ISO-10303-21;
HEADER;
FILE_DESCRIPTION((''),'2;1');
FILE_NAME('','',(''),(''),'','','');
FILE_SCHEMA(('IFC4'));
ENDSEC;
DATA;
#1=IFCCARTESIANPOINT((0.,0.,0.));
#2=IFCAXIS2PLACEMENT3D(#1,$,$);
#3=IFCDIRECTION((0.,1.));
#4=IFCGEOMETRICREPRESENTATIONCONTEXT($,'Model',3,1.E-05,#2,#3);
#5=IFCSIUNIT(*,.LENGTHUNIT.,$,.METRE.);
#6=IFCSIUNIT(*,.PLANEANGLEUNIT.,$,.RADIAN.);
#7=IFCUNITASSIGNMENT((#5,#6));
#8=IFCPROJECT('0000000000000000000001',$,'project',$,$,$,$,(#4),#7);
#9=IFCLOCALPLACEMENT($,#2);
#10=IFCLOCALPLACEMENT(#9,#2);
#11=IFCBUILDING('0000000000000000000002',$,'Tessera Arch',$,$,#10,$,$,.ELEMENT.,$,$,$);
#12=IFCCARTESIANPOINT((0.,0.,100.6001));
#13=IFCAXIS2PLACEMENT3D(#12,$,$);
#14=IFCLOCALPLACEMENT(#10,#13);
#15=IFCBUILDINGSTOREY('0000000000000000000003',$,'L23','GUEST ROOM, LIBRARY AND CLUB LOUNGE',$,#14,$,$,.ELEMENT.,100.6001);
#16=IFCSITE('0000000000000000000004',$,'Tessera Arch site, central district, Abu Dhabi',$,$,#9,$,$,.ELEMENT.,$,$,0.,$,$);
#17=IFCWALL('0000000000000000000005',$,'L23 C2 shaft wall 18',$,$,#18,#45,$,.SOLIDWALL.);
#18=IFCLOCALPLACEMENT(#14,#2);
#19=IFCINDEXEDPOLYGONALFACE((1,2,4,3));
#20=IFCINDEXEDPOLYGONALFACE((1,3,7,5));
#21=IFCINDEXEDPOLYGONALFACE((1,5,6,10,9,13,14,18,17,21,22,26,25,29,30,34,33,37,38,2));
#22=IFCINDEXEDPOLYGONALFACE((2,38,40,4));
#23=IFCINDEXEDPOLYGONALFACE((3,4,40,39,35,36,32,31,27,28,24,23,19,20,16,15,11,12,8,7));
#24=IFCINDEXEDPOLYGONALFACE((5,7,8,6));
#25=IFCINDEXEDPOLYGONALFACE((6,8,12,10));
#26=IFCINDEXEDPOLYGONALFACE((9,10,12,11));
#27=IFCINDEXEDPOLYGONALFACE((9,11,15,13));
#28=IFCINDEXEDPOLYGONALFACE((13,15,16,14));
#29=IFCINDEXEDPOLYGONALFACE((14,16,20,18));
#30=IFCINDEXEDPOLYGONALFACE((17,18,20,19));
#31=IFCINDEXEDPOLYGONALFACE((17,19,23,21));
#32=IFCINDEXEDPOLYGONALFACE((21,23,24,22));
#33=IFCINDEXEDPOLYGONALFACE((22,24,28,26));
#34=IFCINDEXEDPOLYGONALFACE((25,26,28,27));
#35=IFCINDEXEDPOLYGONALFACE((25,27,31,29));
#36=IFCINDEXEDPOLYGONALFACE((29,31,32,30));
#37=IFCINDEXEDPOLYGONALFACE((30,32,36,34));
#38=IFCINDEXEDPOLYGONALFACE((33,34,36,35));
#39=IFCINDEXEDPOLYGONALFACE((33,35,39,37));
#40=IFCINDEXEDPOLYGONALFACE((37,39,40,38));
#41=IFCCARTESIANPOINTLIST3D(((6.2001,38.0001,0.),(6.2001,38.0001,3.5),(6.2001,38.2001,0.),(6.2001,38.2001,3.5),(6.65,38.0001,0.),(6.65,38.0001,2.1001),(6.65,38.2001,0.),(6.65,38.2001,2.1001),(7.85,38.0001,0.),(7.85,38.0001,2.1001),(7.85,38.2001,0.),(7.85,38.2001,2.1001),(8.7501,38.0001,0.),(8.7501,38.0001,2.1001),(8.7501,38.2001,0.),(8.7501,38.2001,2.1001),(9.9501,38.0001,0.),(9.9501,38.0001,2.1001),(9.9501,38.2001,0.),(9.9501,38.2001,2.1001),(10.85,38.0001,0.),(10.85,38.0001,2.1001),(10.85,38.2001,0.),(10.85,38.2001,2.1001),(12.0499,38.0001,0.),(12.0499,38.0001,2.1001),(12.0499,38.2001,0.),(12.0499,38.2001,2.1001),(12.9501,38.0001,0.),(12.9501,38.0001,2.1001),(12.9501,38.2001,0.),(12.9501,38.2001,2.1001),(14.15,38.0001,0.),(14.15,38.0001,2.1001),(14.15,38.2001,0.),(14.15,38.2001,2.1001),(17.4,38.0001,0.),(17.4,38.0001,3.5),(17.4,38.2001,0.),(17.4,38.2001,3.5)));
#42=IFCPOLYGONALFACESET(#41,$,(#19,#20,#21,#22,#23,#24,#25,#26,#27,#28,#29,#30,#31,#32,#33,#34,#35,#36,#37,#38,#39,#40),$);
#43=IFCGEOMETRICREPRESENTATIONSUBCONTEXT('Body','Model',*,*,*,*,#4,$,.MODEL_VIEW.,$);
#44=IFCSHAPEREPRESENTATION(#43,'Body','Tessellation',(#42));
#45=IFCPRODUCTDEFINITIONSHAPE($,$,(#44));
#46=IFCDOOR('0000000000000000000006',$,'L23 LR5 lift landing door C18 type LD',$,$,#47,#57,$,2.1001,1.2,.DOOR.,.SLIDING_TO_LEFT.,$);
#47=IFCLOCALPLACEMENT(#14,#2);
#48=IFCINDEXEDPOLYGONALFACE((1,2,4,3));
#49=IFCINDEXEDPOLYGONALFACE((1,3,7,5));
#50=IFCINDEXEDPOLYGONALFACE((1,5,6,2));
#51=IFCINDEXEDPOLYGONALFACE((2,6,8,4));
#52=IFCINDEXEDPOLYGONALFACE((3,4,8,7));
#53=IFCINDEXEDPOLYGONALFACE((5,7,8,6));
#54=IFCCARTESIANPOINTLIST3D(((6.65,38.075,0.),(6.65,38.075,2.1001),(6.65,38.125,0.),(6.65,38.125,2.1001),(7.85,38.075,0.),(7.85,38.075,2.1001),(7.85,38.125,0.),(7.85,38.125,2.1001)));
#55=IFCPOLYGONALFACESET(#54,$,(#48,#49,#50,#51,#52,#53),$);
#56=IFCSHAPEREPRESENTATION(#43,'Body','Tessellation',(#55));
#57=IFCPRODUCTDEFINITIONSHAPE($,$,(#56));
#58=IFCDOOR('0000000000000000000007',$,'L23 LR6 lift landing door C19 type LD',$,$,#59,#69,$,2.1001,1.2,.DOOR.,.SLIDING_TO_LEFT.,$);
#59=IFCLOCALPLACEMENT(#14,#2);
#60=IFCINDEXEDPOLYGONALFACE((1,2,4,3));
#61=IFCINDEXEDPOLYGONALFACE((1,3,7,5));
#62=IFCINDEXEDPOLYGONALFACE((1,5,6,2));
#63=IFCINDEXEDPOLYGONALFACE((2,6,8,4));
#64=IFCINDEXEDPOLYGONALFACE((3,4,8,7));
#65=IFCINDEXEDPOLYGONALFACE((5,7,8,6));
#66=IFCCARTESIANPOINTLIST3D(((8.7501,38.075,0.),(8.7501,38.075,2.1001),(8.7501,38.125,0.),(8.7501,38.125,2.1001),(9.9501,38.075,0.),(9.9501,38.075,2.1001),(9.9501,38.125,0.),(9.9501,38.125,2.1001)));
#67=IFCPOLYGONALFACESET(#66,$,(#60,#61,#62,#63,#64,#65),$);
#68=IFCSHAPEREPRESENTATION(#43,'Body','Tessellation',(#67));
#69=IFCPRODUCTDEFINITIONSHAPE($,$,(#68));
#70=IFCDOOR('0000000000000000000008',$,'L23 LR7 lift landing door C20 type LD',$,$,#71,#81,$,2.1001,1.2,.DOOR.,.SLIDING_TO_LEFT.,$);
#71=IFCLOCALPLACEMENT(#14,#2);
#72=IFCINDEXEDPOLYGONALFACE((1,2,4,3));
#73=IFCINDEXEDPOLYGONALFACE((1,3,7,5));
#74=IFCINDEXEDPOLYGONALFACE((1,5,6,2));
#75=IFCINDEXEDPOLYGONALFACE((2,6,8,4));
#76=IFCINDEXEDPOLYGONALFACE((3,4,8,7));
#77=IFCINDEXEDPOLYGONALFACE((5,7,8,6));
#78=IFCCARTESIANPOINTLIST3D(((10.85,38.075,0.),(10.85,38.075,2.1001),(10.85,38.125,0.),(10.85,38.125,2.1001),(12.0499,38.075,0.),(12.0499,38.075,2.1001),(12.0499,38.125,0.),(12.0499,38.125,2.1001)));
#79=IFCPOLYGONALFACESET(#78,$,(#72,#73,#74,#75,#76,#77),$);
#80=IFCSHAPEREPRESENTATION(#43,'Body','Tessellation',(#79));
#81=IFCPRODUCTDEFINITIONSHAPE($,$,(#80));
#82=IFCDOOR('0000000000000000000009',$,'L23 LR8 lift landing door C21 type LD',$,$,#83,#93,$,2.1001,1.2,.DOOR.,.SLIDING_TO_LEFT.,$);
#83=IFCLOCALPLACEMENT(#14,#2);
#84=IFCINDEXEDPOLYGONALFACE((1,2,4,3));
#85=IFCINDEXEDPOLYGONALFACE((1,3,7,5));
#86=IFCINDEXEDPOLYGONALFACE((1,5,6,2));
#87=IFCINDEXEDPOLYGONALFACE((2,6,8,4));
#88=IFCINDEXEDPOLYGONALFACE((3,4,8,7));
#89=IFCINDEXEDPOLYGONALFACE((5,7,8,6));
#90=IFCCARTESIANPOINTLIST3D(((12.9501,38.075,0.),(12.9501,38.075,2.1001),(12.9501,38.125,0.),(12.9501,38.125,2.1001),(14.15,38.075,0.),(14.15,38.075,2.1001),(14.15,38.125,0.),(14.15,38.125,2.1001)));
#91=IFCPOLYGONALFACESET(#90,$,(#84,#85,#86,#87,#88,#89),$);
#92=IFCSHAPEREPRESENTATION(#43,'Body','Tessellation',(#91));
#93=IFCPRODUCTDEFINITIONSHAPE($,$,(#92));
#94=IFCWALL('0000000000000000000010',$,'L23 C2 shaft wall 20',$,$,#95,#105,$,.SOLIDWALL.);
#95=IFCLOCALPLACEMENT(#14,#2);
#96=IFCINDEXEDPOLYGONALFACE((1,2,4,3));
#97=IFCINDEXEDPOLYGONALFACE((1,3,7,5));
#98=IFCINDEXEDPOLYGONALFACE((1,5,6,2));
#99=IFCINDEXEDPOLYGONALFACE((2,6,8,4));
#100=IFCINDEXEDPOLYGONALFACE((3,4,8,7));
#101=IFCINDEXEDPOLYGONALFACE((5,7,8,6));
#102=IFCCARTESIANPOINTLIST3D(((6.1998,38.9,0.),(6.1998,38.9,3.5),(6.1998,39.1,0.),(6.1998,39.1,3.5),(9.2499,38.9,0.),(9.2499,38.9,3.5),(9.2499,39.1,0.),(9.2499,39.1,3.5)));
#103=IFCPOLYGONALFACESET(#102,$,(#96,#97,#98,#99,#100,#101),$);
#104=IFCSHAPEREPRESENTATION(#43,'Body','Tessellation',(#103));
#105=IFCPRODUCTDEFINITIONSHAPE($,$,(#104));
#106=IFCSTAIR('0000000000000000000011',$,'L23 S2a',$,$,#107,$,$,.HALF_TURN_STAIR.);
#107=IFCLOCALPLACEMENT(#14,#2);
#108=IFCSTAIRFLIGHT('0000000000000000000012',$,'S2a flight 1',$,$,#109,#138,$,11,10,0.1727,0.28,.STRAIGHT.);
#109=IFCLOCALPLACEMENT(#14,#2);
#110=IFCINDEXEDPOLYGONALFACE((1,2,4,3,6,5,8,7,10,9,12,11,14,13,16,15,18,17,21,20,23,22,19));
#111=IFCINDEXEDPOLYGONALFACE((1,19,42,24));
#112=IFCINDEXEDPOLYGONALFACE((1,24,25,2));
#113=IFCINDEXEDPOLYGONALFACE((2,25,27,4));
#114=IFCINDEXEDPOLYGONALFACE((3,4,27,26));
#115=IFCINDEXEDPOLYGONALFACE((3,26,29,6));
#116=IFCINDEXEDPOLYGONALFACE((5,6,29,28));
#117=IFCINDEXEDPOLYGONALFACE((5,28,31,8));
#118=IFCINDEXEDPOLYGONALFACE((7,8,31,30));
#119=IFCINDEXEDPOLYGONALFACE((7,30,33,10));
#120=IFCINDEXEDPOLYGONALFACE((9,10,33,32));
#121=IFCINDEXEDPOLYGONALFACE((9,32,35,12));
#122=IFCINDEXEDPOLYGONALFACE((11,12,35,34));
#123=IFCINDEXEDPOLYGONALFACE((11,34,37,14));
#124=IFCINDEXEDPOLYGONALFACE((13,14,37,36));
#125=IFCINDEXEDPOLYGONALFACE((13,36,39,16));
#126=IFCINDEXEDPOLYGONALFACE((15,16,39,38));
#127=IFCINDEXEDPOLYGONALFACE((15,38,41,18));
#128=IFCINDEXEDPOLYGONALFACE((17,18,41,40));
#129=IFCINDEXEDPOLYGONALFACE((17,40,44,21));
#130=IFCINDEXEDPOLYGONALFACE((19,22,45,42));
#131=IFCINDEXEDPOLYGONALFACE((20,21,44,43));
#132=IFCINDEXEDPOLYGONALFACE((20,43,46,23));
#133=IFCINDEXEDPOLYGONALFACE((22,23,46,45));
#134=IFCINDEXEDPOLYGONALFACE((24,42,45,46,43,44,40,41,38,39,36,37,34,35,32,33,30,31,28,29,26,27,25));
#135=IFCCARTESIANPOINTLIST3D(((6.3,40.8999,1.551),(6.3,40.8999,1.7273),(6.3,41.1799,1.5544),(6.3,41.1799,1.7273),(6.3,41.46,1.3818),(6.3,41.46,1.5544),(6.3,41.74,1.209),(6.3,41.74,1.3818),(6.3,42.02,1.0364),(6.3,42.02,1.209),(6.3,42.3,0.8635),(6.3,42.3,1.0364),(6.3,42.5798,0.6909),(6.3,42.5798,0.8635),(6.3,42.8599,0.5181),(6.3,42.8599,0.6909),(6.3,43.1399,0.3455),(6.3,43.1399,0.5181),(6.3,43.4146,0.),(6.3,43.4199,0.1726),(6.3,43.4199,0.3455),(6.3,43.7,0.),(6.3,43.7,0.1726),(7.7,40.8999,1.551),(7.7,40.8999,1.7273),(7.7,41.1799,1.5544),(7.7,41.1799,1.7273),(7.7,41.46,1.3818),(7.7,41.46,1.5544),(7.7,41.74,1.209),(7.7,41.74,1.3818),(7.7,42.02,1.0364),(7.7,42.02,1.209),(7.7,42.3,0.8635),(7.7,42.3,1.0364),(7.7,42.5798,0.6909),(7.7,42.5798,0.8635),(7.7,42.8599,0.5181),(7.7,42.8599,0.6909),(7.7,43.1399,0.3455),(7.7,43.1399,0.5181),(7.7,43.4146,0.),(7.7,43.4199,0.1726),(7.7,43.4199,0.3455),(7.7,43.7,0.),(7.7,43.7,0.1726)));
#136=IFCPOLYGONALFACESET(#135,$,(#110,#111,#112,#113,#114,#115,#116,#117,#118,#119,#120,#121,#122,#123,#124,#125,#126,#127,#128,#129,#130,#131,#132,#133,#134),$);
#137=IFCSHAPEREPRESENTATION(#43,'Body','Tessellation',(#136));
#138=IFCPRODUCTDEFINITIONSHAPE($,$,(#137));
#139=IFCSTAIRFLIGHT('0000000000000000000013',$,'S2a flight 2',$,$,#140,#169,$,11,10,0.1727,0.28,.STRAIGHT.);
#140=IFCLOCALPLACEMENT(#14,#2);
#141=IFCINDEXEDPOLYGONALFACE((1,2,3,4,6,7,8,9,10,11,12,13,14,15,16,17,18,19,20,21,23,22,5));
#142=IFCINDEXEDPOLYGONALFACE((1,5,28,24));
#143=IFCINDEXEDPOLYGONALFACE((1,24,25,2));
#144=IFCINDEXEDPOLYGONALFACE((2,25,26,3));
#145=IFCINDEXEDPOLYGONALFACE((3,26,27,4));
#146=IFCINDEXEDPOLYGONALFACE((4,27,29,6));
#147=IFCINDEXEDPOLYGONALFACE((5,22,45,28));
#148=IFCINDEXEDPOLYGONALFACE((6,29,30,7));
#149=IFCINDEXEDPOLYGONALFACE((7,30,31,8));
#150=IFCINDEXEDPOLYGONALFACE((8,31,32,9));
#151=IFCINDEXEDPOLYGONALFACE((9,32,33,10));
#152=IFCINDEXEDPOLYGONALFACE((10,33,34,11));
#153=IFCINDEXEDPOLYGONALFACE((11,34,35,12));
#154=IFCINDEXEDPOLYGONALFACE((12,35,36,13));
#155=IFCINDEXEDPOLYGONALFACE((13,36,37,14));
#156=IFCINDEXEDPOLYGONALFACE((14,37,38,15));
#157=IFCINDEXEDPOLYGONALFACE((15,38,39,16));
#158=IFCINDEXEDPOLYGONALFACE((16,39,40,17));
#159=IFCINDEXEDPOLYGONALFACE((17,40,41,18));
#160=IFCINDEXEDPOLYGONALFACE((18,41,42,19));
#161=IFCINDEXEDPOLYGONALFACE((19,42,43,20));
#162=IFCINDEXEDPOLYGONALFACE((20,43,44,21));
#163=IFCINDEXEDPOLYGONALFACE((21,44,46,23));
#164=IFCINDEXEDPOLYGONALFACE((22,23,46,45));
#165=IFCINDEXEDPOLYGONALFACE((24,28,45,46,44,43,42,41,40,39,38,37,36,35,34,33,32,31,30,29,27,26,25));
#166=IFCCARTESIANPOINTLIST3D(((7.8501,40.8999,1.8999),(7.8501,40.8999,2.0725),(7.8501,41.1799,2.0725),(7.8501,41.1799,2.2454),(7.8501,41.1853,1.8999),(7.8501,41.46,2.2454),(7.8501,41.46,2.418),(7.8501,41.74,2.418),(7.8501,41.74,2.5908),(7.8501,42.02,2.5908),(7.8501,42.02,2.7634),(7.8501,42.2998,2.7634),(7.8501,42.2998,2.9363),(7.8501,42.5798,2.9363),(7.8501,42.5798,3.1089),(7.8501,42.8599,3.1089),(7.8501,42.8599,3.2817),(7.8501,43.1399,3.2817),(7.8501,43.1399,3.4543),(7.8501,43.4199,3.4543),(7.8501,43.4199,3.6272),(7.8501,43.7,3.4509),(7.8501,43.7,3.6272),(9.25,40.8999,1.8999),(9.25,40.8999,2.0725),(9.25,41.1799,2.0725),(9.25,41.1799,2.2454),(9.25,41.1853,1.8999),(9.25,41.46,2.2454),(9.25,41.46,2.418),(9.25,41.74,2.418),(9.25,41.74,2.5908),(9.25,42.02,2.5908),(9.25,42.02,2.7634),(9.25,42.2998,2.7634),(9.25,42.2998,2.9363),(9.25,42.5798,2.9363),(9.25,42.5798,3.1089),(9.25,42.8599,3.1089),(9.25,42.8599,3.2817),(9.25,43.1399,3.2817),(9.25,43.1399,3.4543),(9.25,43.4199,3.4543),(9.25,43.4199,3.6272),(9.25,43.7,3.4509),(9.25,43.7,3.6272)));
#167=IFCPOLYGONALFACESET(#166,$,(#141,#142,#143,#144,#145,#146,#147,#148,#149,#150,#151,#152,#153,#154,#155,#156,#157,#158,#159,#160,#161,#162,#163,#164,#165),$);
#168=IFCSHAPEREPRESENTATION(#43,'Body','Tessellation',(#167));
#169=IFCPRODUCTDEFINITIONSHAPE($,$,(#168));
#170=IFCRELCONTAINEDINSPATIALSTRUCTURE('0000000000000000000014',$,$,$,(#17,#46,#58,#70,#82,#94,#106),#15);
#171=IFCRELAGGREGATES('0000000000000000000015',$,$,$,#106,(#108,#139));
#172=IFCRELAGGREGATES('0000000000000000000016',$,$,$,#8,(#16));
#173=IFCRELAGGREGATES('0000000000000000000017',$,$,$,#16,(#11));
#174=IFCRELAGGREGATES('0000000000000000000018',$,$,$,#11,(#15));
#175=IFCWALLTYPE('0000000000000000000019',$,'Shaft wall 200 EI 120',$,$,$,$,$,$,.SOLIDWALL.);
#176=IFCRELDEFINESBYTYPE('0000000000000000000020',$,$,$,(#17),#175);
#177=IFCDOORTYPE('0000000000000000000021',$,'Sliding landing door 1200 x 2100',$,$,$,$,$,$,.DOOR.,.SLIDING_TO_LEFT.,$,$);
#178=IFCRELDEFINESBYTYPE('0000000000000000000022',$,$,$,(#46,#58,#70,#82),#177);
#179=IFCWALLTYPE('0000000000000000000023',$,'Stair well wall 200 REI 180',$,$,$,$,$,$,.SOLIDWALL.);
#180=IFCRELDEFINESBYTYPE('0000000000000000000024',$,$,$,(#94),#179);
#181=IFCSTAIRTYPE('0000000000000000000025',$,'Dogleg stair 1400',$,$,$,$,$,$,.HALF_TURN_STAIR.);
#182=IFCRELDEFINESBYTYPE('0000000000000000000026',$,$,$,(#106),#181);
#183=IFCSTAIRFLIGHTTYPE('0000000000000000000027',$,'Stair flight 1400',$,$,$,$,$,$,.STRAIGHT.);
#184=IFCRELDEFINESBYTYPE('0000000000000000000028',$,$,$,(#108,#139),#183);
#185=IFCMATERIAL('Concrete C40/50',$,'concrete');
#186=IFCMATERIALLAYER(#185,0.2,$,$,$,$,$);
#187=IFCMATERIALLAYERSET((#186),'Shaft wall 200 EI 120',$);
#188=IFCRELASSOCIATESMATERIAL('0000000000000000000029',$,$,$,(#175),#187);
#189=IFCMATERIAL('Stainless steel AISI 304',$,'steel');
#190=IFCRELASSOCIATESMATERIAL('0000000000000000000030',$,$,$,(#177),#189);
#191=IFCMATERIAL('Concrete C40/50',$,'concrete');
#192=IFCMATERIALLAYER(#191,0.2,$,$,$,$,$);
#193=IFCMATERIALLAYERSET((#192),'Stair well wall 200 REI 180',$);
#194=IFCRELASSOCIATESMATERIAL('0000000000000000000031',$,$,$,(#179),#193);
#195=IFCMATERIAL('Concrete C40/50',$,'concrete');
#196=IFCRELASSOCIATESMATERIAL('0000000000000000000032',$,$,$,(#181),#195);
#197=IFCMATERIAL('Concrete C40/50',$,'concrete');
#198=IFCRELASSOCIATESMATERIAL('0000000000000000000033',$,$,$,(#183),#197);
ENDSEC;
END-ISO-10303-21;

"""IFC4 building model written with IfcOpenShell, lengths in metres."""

from ifc_helpers import new_model, si_unit, direction, frame, frame_2d, origin, place, context, subcontext, project, spatial, polyline, rectangle, outline, extrude, material, layer, layer_set, type_object, element, fill, aggregate, save


model = new_model("IFC4")

# Units and contexts
model_context = context("Model", 3, precision=1e-05, world=origin(), true_north=direction((0.0, 1.0)))
body_context = subcontext(model_context, "Body", "Model", "MODEL_VIEW")
ifc_project = project(units=[si_unit("LENGTHUNIT", "METRE"), si_unit("PLANEANGLEUNIT", "RADIAN")], contexts=[model_context])

# Site, building, storey
site_placement = place(None, origin())
site = spatial("IfcSite", under=ifc_project, at=site_placement, Name="Tessera Arch site, central district, Abu Dhabi", CompositionType="ELEMENT", RefElevation=0.0)
building_placement = place(site_placement, origin())
building = spatial("IfcBuilding", under=site, at=building_placement, Name="Tessera Arch", CompositionType="ELEMENT")
storey_placement = place(building_placement, frame((0.0, 0.0, 100.6001)))
storey = spatial("IfcBuildingStorey", under=building, at=storey_placement, Name="L23", Description="GUEST ROOM, LIBRARY AND CLUB LOUNGE", CompositionType="ELEMENT", Elevation=100.6001)

# Shared definitions
ifc_material_1 = material(Name="Concrete C40/50", Category="concrete")
ifc_layer_1 = layer(ifc_material_1, 0.2)
ifc_layer_set_1 = layer_set([ifc_layer_1], Name="Shaft wall 200 EI 120")
wall_type_1 = type_object("IfcWallType", Name="Shaft wall 200 EI 120", PredefinedType="SOLIDWALL", material=ifc_layer_set_1)

# Wall, openings, doors
wall_1_placement = place(storey_placement, frame((6.2, 38.1001, 0.0), z_axis=(0.0, 0.0, 1.0), x_axis=(1.0, 0.0, 0.0)))
wall_1 = element("IfcWall", 1, at=wall_1_placement, inside=storey, type_object=wall_type_1, Name="L23 C2 shaft wall 18", PredefinedType="SOLIDWALL", context=body_context, shape_type="SweptSolid", body=[
    extrude(rectangle(XDim=11.2, YDim=0.2, at=frame_2d((5.6001, 0.0))), origin(), (0.0, 0.0, 1.0), 3.5),
])
opening_1_placement = place(wall_1_placement, frame((0.45, 0.0, 0.0)))
opening_1 = element("IfcOpeningElement", 2, at=opening_1_placement, cuts=wall_1, PredefinedType="OPENING", context=body_context, shape_type="SweptSolid", body=[
    extrude(rectangle(XDim=1.2, YDim=2.1001, at=frame_2d((0.6001, 1.05))), frame((0.0, 0.1099, 0.0), z_axis=(0.0, -1.0, 0.0), x_axis=(1.0, 0.0, 0.0)), (0.0, 0.0, 1.0), 0.22),
])
opening_2_placement = place(wall_1_placement, frame((2.55, 0.0, 0.0)))
opening_2 = element("IfcOpeningElement", 3, at=opening_2_placement, cuts=wall_1, PredefinedType="OPENING", context=body_context, shape_type="SweptSolid", body=[
    extrude(rectangle(XDim=1.2, YDim=2.1001, at=frame_2d((0.6001, 1.05))), frame((0.0, 0.1099, 0.0), z_axis=(0.0, -1.0, 0.0), x_axis=(1.0, 0.0, 0.0)), (0.0, 0.0, 1.0), 0.22),
])
opening_3_placement = place(wall_1_placement, frame((4.6499, 0.0, 0.0)))
opening_3 = element("IfcOpeningElement", 4, at=opening_3_placement, cuts=wall_1, PredefinedType="OPENING", context=body_context, shape_type="SweptSolid", body=[
    extrude(rectangle(XDim=1.2, YDim=2.1001, at=frame_2d((0.6001, 1.05))), frame((0.0, 0.1099, 0.0), z_axis=(0.0, -1.0, 0.0), x_axis=(1.0, 0.0, 0.0)), (0.0, 0.0, 1.0), 0.22),
])
opening_4_placement = place(wall_1_placement, frame((6.75, 0.0, 0.0)))
opening_4 = element("IfcOpeningElement", 5, at=opening_4_placement, cuts=wall_1, PredefinedType="OPENING", context=body_context, shape_type="SweptSolid", body=[
    extrude(rectangle(XDim=1.2, YDim=2.1001, at=frame_2d((0.6001, 1.05))), frame((0.0, 0.1099, 0.0), z_axis=(0.0, -1.0, 0.0), x_axis=(1.0, 0.0, 0.0)), (0.0, 0.0, 1.0), 0.22),
])
ifc_material_2 = material(Name="Stainless steel AISI 304", Category="steel")
door_type = type_object("IfcDoorType", Name="Sliding landing door 1200 x 2100", OperationType="SLIDING_TO_LEFT", PredefinedType="DOOR", material=ifc_material_2)
door_1_placement = place(opening_1_placement, origin())
door_1 = element("IfcDoor", 6, at=door_1_placement, inside=storey, type_object=door_type, Name="L23 LR5 lift landing door C18 type LD", OperationType="SLIDING_TO_LEFT", OverallHeight=2.1001, OverallWidth=1.2, PredefinedType="DOOR", context=body_context, shape_type="SweptSolid", body=[
    extrude(rectangle(XDim=1.2, YDim=2.1001, at=frame_2d((0.6001, 1.05))), frame((0.0, 0.0249, 0.0), z_axis=(0.0, -1.0, 0.0), x_axis=(1.0, 0.0, 0.0)), (0.0, 0.0, 1.0), 0.05),
])
fill(opening_1, door_1)
door_2_placement = place(opening_2_placement, origin())
door_2 = element("IfcDoor", 7, at=door_2_placement, inside=storey, type_object=door_type, Name="L23 LR6 lift landing door C19 type LD", OperationType="SLIDING_TO_LEFT", OverallHeight=2.1001, OverallWidth=1.2, PredefinedType="DOOR", context=body_context, shape_type="SweptSolid", body=[
    extrude(rectangle(XDim=1.2, YDim=2.1001, at=frame_2d((0.6001, 1.05))), frame((0.0, 0.0249, 0.0), z_axis=(0.0, -1.0, 0.0), x_axis=(1.0, 0.0, 0.0)), (0.0, 0.0, 1.0), 0.05),
])
fill(opening_2, door_2)
door_3_placement = place(opening_3_placement, origin())
door_3 = element("IfcDoor", 8, at=door_3_placement, inside=storey, type_object=door_type, Name="L23 LR7 lift landing door C20 type LD", OperationType="SLIDING_TO_LEFT", OverallHeight=2.1001, OverallWidth=1.2, PredefinedType="DOOR", context=body_context, shape_type="SweptSolid", body=[
    extrude(rectangle(XDim=1.2, YDim=2.1001, at=frame_2d((0.6001, 1.05))), frame((0.0, 0.0249, 0.0), z_axis=(0.0, -1.0, 0.0), x_axis=(1.0, 0.0, 0.0)), (0.0, 0.0, 1.0), 0.05),
])
fill(opening_3, door_3)
door_4_placement = place(opening_4_placement, origin())
door_4 = element("IfcDoor", 9, at=door_4_placement, inside=storey, type_object=door_type, Name="L23 LR8 lift landing door C21 type LD", OperationType="SLIDING_TO_LEFT", OverallHeight=2.1001, OverallWidth=1.2, PredefinedType="DOOR", context=body_context, shape_type="SweptSolid", body=[
    extrude(rectangle(XDim=1.2, YDim=2.1001, at=frame_2d((0.6001, 1.05))), frame((0.0, 0.0249, 0.0), z_axis=(0.0, -1.0, 0.0), x_axis=(1.0, 0.0, 0.0)), (0.0, 0.0, 1.0), 0.05),
])
fill(opening_4, door_4)

# Wall
ifc_material_3 = material(Name="Concrete C40/50", Category="concrete")
ifc_layer_2 = layer(ifc_material_3, 0.2)
ifc_layer_set_2 = layer_set([ifc_layer_2], Name="Stair well wall 200 REI 180")
wall_type_2 = type_object("IfcWallType", Name="Stair well wall 200 REI 180", PredefinedType="SOLIDWALL", material=ifc_layer_set_2)
wall_2_placement = place(storey_placement, frame((6.2, 39.0, 0.0), z_axis=(0.0, 0.0, 1.0), x_axis=(1.0, 0.0, 0.0)))
element("IfcWall", 10, at=wall_2_placement, inside=storey, type_object=wall_type_2, Name="L23 C2 shaft wall 20", PredefinedType="SOLIDWALL", context=body_context, shape_type="SweptSolid", body=[
    extrude(rectangle(XDim=3.05, YDim=0.2, at=frame_2d((1.5249, 0.0))), origin(), (0.0, 0.0, 1.0), 3.5),
])

# Stair, stair flights
ifc_material_4 = material(Name="Concrete C40/50", Category="concrete")
stair_type = type_object("IfcStairType", Name="Dogleg stair 1400", PredefinedType="HALF_TURN_STAIR", material=ifc_material_4)
stair_placement = place(storey_placement, origin())
stair = element("IfcStair", 11, at=stair_placement, inside=storey, type_object=stair_type, Name="L23 S2a", PredefinedType="HALF_TURN_STAIR")
ifc_material_5 = material(Name="Concrete C40/50", Category="concrete")
stair_flight_type = type_object("IfcStairFlightType", Name="Stair flight 1400", PredefinedType="STRAIGHT", material=ifc_material_5)
stair_flight_1_placement = place(storey_placement, frame((7.0, 43.7, 0.0), z_axis=(0.0, 0.0, 1.0), x_axis=(0.0, -1.0, 0.0)))
stair_flight_1 = element("IfcStairFlight", 12, at=stair_flight_1_placement, type_object=stair_flight_type, Name="S2a flight 1", NumberOfRisers=11, NumberOfTreads=10, PredefinedType="STRAIGHT", RiserHeight=0.1727, TreadLength=0.28, context=body_context, shape_type="SweptSolid", body=[
    extrude(outline(polyline([(0.0, 0.0), (0.0, 0.1726), (0.28, 0.1726), (0.28, 0.3455), (0.5601, 0.3455), (0.5601, 0.5181), (0.8401, 0.5181), (0.8401, 0.6909), (1.1201, 0.6909), (1.1201, 0.8635), (1.3999, 0.8635), (1.3999, 1.0364), (1.6799, 1.0364), (1.6799, 1.209), (1.96, 1.209), (1.96, 1.3818), (2.24, 1.3818), (2.24, 1.5544), (2.52, 1.5544), (2.52, 1.7273), (2.8, 1.7273), (2.8, 1.8999), (2.8, 1.551), (0.2854, 0.0), (0.0, 0.0)])), frame((0.0, 0.7, 0.0), z_axis=(0.0, -1.0, 0.0), x_axis=(1.0, 0.0, 0.0)), (0.0, 0.0, 1.0), 1.3999),
])
stair_flight_2_placement = place(storey_placement, frame((8.55, 40.8999, 1.8999), z_axis=(0.0, 0.0, 1.0), x_axis=(0.0, 1.0, 0.0)))
stair_flight_2 = element("IfcStairFlight", 13, at=stair_flight_2_placement, type_object=stair_flight_type, Name="S2a flight 2", NumberOfRisers=11, NumberOfTreads=10, PredefinedType="STRAIGHT", RiserHeight=0.1727, TreadLength=0.28, context=body_context, shape_type="SweptSolid", body=[
    extrude(outline(polyline([(0.0, 0.0), (0.0, 0.1726), (0.28, 0.1726), (0.28, 0.3455), (0.5601, 0.3455), (0.5601, 0.5181), (0.8401, 0.5181), (0.8401, 0.6909), (1.1201, 0.6909), (1.1201, 0.8635), (1.3999, 0.8635), (1.3999, 1.0364), (1.6799, 1.0364), (1.6799, 1.209), (1.96, 1.209), (1.96, 1.3818), (2.24, 1.3818), (2.24, 1.5544), (2.52, 1.5544), (2.52, 1.7273), (2.8, 1.7273), (2.8, 1.8999), (2.8, 1.551), (0.2854, 0.0), (0.0, 0.0)])), frame((0.0, 0.7, 0.0), z_axis=(0.0, -1.0, 0.0), x_axis=(1.0, 0.0, 0.0)), (0.0, 0.0, 1.0), 1.3999),
])
aggregate(stair, [stair_flight_1, stair_flight_2])

save(model, "model.ifc")
